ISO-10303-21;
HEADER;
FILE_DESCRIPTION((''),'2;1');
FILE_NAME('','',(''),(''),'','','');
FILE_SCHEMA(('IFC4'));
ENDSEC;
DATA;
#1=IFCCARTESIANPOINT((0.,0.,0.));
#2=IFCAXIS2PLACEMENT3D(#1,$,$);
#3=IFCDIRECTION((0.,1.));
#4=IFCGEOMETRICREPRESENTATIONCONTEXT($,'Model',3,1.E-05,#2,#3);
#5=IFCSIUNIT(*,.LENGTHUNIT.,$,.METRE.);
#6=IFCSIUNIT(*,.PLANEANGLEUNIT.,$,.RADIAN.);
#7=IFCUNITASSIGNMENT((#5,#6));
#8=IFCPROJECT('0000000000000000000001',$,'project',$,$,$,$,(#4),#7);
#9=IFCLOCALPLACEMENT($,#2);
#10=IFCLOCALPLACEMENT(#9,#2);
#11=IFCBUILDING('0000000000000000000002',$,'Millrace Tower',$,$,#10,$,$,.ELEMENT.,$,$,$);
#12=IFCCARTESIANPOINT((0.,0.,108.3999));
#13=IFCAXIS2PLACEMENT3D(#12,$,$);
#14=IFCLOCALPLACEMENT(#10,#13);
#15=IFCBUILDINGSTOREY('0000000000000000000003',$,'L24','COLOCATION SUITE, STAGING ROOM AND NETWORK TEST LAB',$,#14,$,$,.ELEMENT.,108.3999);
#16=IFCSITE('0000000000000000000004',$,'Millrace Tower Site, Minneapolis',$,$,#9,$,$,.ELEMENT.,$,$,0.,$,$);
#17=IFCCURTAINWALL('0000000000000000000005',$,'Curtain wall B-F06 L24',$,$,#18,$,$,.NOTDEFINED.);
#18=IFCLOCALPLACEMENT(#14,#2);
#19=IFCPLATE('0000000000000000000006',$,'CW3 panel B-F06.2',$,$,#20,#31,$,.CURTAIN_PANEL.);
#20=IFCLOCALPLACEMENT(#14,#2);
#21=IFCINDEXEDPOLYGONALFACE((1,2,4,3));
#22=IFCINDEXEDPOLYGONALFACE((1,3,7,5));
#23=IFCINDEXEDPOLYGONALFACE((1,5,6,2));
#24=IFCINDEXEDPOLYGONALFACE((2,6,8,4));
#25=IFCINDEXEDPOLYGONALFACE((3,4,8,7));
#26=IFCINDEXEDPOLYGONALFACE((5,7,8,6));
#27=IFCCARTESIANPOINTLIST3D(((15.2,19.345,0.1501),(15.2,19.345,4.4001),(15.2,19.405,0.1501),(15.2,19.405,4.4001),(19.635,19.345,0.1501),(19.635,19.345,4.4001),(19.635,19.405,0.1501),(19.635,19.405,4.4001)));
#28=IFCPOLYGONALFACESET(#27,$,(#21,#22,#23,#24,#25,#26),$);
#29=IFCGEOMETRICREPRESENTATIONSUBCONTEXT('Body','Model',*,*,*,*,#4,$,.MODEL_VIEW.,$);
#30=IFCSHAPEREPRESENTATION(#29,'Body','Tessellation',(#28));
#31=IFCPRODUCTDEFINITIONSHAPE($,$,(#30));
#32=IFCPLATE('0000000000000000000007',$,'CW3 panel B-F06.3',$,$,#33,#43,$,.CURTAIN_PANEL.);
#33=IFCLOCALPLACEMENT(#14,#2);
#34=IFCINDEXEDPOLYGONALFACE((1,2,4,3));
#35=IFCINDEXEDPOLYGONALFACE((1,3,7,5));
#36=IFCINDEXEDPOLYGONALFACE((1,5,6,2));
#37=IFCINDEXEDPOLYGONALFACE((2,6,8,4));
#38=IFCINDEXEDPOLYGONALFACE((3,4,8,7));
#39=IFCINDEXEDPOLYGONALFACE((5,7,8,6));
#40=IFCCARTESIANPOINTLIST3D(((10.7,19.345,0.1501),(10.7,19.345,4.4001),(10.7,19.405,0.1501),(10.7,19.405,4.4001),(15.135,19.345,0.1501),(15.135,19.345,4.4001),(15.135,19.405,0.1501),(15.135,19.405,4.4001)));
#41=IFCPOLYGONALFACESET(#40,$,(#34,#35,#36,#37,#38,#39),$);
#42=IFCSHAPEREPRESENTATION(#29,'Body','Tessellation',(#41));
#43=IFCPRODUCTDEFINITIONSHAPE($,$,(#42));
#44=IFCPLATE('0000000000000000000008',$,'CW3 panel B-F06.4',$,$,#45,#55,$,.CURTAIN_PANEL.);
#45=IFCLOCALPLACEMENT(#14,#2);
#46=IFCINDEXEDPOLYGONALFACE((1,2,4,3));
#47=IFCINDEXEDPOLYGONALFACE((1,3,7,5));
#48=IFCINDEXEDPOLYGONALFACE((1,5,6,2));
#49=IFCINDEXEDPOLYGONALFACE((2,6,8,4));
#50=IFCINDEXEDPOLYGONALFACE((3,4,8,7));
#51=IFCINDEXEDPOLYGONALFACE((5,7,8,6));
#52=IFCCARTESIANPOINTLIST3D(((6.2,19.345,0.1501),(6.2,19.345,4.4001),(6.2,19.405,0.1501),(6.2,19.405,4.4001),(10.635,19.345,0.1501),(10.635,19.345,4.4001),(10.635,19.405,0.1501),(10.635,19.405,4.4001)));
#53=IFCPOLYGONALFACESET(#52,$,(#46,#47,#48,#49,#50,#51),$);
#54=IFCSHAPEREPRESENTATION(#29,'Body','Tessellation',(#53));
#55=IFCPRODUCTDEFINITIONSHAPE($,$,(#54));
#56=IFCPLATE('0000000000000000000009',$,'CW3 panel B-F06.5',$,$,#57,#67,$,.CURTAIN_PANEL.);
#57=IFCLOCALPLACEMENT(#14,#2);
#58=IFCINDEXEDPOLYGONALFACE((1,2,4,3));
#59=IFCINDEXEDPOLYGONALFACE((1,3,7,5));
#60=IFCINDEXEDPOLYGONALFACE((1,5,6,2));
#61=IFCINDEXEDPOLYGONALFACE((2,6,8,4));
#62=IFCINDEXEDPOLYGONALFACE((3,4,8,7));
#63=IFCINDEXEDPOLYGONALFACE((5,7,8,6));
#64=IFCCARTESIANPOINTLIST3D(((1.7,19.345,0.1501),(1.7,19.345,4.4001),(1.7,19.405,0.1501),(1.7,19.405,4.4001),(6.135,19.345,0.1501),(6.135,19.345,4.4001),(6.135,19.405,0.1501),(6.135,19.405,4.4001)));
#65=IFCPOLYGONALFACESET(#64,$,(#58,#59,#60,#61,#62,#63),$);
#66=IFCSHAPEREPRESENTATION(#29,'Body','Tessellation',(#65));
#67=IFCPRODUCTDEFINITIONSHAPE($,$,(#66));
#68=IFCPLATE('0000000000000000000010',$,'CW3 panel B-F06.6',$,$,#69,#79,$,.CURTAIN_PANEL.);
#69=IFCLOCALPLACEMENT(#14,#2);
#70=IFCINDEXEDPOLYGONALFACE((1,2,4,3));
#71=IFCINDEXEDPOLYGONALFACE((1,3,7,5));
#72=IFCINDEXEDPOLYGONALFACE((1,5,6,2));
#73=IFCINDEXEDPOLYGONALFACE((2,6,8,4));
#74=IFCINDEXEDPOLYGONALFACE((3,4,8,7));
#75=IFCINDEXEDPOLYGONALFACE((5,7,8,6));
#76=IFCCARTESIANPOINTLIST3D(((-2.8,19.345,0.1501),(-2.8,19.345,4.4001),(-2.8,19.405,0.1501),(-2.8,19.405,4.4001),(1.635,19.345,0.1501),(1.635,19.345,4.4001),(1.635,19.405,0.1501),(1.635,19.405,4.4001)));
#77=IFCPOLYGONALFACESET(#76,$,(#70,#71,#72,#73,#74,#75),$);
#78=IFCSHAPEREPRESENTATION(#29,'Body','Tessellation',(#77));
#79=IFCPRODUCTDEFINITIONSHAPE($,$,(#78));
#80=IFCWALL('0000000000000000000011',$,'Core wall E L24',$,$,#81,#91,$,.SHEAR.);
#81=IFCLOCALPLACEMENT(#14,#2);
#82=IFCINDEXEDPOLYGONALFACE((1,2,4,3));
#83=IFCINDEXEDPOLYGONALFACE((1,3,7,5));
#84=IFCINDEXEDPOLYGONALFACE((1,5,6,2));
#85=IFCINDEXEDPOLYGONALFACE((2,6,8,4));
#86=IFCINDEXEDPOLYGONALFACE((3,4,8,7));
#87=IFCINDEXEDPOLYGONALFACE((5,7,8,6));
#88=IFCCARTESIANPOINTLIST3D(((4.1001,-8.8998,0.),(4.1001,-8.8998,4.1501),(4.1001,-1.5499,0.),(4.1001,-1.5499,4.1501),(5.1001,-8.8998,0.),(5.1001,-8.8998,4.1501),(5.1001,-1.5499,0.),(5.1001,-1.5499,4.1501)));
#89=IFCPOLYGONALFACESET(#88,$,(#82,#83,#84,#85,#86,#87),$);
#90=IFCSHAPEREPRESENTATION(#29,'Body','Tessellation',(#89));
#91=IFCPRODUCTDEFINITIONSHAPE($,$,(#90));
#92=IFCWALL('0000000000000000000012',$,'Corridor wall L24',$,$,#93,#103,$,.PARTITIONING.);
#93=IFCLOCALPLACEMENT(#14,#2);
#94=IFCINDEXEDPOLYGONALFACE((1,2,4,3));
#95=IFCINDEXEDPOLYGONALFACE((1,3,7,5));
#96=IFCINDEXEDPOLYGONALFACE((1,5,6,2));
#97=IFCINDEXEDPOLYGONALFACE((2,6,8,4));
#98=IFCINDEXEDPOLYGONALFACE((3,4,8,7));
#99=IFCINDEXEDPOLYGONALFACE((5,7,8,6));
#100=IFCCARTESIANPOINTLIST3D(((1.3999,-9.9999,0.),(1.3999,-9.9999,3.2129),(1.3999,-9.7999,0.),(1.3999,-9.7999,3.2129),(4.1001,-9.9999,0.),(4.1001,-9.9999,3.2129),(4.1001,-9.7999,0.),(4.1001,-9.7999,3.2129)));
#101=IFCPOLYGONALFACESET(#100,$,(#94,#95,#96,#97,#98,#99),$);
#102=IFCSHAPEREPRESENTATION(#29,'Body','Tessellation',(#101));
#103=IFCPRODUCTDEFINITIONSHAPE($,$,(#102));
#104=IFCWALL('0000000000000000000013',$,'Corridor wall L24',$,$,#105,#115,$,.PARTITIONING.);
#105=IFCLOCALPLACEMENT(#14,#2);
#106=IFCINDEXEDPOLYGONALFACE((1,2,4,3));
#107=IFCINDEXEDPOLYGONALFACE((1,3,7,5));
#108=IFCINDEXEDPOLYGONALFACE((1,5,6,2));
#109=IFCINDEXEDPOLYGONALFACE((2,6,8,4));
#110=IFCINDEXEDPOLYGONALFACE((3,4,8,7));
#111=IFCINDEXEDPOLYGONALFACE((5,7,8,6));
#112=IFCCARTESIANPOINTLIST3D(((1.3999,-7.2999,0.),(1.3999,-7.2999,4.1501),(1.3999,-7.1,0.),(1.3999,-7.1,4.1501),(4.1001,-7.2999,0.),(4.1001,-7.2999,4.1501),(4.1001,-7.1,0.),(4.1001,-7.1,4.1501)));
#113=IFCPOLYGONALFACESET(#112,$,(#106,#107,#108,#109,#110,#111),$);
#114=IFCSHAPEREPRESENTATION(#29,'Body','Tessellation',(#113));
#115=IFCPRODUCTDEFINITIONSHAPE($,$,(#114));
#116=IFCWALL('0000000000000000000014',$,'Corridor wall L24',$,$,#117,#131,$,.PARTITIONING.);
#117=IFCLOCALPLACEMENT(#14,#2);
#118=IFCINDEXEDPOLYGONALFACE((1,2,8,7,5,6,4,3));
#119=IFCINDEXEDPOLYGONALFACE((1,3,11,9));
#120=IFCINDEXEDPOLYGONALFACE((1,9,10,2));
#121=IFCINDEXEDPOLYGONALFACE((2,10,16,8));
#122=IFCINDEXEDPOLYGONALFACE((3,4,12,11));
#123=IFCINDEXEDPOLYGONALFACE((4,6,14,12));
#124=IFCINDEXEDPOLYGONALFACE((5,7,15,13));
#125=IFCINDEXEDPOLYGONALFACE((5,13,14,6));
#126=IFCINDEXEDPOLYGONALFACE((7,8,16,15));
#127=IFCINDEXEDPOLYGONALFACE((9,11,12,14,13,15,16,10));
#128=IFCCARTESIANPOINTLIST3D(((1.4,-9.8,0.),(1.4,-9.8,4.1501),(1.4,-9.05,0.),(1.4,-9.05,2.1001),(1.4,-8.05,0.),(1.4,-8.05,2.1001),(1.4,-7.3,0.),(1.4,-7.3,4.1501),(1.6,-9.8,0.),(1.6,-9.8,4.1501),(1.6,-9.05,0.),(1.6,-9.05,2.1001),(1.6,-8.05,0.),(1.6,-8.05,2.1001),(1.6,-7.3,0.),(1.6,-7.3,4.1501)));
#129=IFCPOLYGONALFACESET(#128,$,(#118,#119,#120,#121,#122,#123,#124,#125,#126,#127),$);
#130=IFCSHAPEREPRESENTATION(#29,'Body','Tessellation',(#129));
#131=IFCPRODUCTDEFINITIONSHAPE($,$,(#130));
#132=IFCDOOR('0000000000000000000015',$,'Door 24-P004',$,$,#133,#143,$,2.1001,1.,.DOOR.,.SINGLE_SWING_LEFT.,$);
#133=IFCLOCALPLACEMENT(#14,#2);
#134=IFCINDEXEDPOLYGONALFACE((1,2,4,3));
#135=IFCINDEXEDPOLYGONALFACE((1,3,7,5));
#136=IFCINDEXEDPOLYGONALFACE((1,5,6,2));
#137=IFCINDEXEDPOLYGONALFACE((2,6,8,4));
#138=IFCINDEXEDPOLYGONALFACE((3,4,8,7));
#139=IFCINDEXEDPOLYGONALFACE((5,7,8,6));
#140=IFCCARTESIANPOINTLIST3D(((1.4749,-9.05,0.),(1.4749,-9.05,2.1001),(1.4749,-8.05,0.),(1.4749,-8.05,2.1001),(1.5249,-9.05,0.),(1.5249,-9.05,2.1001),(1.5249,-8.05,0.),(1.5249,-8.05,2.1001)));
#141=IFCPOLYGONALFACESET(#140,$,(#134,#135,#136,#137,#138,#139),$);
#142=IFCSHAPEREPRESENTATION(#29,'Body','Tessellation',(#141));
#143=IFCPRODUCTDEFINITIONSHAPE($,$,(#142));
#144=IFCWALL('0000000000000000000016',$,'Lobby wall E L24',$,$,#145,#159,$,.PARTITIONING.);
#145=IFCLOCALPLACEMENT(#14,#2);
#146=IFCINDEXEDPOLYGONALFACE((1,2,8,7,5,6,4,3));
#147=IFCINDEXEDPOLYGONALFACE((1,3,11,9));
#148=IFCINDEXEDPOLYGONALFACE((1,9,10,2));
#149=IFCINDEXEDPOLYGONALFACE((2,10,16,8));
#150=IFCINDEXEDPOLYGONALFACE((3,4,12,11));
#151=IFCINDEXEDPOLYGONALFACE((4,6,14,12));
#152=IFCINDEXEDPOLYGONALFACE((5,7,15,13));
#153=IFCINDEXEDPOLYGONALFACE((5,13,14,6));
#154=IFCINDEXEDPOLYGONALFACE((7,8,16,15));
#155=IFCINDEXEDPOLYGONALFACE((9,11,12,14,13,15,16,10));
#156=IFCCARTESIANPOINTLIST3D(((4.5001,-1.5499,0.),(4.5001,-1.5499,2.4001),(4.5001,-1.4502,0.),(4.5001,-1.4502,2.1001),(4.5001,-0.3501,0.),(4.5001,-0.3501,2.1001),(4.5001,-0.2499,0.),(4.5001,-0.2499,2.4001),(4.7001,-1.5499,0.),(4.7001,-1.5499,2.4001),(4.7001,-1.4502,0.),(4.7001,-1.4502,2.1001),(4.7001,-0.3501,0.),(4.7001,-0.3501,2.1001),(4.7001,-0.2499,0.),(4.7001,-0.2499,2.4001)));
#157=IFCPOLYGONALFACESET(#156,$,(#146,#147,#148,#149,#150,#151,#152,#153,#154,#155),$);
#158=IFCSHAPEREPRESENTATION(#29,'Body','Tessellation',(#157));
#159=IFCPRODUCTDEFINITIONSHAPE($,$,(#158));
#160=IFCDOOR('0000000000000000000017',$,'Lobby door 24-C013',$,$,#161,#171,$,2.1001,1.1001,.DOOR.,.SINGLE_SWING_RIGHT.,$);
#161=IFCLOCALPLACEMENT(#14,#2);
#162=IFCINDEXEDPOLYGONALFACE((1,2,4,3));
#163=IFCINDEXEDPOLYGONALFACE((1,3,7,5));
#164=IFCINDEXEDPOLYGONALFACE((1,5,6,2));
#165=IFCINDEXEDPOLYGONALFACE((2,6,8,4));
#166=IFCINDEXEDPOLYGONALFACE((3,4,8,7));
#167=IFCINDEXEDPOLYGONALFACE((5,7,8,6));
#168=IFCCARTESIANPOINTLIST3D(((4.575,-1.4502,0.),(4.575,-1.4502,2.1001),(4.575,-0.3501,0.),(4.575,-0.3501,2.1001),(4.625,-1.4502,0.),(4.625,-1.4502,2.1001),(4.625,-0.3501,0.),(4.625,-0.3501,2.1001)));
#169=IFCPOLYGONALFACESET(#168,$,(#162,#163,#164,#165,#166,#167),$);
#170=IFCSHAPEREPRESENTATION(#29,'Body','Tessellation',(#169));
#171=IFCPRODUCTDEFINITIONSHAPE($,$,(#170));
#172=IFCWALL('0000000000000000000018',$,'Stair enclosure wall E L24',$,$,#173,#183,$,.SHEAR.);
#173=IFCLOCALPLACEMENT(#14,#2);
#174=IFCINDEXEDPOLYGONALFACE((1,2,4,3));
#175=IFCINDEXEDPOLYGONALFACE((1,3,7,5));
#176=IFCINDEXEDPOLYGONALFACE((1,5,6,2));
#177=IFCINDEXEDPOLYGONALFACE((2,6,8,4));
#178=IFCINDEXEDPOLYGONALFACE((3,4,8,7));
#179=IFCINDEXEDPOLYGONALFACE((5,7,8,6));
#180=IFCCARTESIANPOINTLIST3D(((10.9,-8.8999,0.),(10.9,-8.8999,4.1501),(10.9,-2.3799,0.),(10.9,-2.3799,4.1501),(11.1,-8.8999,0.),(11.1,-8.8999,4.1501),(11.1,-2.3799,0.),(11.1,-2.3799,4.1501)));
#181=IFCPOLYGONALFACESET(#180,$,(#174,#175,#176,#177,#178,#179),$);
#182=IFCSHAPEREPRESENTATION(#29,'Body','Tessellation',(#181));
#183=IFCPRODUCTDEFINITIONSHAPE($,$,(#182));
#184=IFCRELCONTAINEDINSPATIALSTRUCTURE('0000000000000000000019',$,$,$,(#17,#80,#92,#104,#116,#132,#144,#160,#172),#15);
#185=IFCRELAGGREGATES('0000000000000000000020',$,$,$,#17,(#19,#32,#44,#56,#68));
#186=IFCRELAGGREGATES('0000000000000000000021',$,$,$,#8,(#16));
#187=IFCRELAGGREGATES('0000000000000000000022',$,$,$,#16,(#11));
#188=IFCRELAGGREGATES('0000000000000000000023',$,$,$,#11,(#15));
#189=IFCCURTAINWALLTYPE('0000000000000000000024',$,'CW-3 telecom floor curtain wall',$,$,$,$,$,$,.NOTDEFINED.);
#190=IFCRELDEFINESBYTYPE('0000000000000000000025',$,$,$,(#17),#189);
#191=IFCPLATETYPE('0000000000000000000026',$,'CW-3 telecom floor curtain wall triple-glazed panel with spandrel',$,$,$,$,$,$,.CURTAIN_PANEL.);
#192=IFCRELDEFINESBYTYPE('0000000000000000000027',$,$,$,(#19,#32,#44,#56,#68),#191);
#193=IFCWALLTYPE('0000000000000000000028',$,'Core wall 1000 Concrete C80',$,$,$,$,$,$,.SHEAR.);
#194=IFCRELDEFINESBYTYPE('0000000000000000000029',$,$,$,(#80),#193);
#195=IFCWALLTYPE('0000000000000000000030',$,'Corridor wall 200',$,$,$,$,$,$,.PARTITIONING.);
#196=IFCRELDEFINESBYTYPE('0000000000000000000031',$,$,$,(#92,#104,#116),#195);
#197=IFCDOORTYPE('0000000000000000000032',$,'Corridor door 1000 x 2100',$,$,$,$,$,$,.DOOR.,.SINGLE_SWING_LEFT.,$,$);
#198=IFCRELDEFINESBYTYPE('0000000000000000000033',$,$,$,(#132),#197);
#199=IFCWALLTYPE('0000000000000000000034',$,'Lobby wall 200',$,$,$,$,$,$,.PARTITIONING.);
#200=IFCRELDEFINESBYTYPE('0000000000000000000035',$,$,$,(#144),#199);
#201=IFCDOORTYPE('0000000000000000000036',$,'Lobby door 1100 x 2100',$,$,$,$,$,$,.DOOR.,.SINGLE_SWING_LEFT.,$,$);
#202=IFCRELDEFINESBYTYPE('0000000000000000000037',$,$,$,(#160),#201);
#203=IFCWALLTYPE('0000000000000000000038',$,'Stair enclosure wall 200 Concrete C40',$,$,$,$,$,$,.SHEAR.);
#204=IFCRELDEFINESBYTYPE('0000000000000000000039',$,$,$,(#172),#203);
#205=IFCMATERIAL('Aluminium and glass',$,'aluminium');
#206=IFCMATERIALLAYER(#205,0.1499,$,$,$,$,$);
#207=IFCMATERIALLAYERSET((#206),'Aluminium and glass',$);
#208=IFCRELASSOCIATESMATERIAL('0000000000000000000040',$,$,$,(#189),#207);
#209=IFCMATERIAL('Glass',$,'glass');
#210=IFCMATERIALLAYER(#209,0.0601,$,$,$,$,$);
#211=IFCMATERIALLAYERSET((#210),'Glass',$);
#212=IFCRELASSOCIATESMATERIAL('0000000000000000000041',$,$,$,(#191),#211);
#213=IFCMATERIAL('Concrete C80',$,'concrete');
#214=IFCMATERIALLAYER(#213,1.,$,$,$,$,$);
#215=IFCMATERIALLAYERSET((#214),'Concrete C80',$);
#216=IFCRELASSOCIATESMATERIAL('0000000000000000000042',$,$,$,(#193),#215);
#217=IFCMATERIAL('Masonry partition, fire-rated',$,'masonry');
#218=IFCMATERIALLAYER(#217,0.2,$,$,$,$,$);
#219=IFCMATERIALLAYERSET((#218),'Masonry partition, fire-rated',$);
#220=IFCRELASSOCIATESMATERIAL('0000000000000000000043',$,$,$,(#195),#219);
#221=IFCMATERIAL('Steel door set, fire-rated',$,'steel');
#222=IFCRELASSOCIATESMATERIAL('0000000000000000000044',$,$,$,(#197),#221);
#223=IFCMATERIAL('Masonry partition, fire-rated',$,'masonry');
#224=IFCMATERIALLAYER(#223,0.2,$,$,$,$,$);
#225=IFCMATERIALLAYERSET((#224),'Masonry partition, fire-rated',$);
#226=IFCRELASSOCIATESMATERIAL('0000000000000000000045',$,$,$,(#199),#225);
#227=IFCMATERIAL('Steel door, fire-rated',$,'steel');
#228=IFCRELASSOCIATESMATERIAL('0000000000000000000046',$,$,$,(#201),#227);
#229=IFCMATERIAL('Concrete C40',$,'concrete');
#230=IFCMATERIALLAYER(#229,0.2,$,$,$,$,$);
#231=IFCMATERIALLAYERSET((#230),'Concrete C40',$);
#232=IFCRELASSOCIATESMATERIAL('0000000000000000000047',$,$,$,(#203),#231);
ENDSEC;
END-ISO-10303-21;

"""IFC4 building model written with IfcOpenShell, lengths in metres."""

from ifc_helpers import new_model, si_unit, direction, frame, frame_2d, origin, place, context, subcontext, project, spatial, polyline, rectangle, outline, extrude, material, layer, layer_set, type_object, element, fill, aggregate, save


model = new_model("IFC4")

# Units and contexts
model_context = context("Model", 3, precision=1e-05, world=origin(), true_north=direction((0.0, 1.0)))
body_context = subcontext(model_context, "Body", "Model", "MODEL_VIEW")
ifc_project = project(units=[si_unit("LENGTHUNIT", "METRE"), si_unit("PLANEANGLEUNIT", "RADIAN")], contexts=[model_context])

# Site, building, storey
site_placement = place(None, origin())
site = spatial("IfcSite", under=ifc_project, at=site_placement, Name="Millrace Tower Site, Minneapolis", CompositionType="ELEMENT", RefElevation=0.0)
building_placement = place(site_placement, origin())
building = spatial("IfcBuilding", under=site, at=building_placement, Name="Millrace Tower", CompositionType="ELEMENT")
storey_placement = place(building_placement, frame((0.0, 0.0, 108.3999)))
storey = spatial("IfcBuildingStorey", under=building, at=storey_placement, Name="L24", Description="COLOCATION SUITE, STAGING ROOM AND NETWORK TEST LAB", CompositionType="ELEMENT", Elevation=108.3999)

# Curtain wall, plates
ifc_material_1 = material(Name="Aluminium and glass", Category="aluminium")
ifc_layer_1 = layer(ifc_material_1, 0.1499)
ifc_layer_set_1 = layer_set([ifc_layer_1], Name="Aluminium and glass")
curtain_wall_type = type_object("IfcCurtainWallType", Name="CW-3 telecom floor curtain wall", PredefinedType="NOTDEFINED", material=ifc_layer_set_1)
placement_1 = place(storey_placement, origin())
curtain_wall = element("IfcCurtainWall", 1, at=placement_1, inside=storey, type_object=curtain_wall_type, Name="Curtain wall B-F06 L24", PredefinedType="NOTDEFINED")
ifc_material_2 = material(Name="Glass", Category="glass")
ifc_layer_2 = layer(ifc_material_2, 0.0601)
ifc_layer_set_2 = layer_set([ifc_layer_2], Name="Glass")
plate_type = type_object("IfcPlateType", Name="CW-3 telecom floor curtain wall triple-glazed panel with spandrel", PredefinedType="CURTAIN_PANEL", material=ifc_layer_set_2)
placement_2 = place(storey_placement, frame((0.0, 0.0, 0.1501)))
plate_1 = element("IfcPlate", 2, at=placement_2, type_object=plate_type, Name="CW3 panel B-F06.2", PredefinedType="CURTAIN_PANEL", context=body_context, shape_type="SweptSolid", body=[
    extrude(outline(polyline([(19.635, 19.405), (15.2, 19.405), (15.2, 19.345), (19.635, 19.345), (19.635, 19.405)])), origin(), (0.0, 0.0, 1.0), 4.25),
])
plate_2 = element("IfcPlate", 3, at=placement_2, type_object=plate_type, Name="CW3 panel B-F06.3", PredefinedType="CURTAIN_PANEL", context=body_context, shape_type="SweptSolid", body=[
    extrude(outline(polyline([(15.135, 19.405), (10.7, 19.405), (10.7, 19.345), (15.135, 19.345), (15.135, 19.405)])), origin(), (0.0, 0.0, 1.0), 4.25),
])
plate_3 = element("IfcPlate", 4, at=placement_2, type_object=plate_type, Name="CW3 panel B-F06.4", PredefinedType="CURTAIN_PANEL", context=body_context, shape_type="SweptSolid", body=[
    extrude(outline(polyline([(10.635, 19.405), (6.2, 19.405), (6.2, 19.345), (10.635, 19.345), (10.635, 19.405)])), origin(), (0.0, 0.0, 1.0), 4.25),
])
plate_4 = element("IfcPlate", 5, at=placement_2, type_object=plate_type, Name="CW3 panel B-F06.5", PredefinedType="CURTAIN_PANEL", context=body_context, shape_type="SweptSolid", body=[
    extrude(outline(polyline([(6.135, 19.405), (1.7, 19.405), (1.7, 19.345), (6.135, 19.345), (6.135, 19.405)])), origin(), (0.0, 0.0, 1.0), 4.25),
])
plate_5 = element("IfcPlate", 6, at=placement_2, type_object=plate_type, Name="CW3 panel B-F06.6", PredefinedType="CURTAIN_PANEL", context=body_context, shape_type="SweptSolid", body=[
    extrude(outline(polyline([(1.635, 19.405), (-2.8, 19.405), (-2.8, 19.345), (1.635, 19.345), (1.635, 19.405)])), origin(), (0.0, 0.0, 1.0), 4.25),
])
aggregate(curtain_wall, [plate_1, plate_2, plate_3, plate_4, plate_5])

# Walls
ifc_material_3 = material(Name="Concrete C80", Category="concrete")
ifc_layer_3 = layer(ifc_material_3, 1.0)
ifc_layer_set_3 = layer_set([ifc_layer_3], Name="Concrete C80")
wall_type_1 = type_object("IfcWallType", Name="Core wall 1000 Concrete C80", PredefinedType="SHEAR", material=ifc_layer_set_3)
wall_1_placement = place(storey_placement, frame((4.6001, -1.55, 0.0), z_axis=(0.0, 0.0, 1.0), x_axis=(0.0, -1.0, 0.0)))
element("IfcWall", 7, at=wall_1_placement, inside=storey, type_object=wall_type_1, Name="Core wall E L24", PredefinedType="SHEAR", context=body_context, shape_type="SweptSolid", body=[
    extrude(rectangle(XDim=7.3499, YDim=1.0, at=frame_2d((3.6748, 0.0))), origin(), (0.0, 0.0, 1.0), 4.1501),
])
ifc_material_4 = material(Name="Masonry partition, fire-rated", Category="masonry")
ifc_layer_4 = layer(ifc_material_4, 0.2)
ifc_layer_set_4 = layer_set([ifc_layer_4], Name="Masonry partition, fire-rated")
wall_type_2 = type_object("IfcWallType", Name="Corridor wall 200", PredefinedType="PARTITIONING", material=ifc_layer_set_4)
wall_2_placement = place(storey_placement, frame((1.3999, -9.8999, 0.0), z_axis=(0.0, 0.0, 1.0), x_axis=(1.0, 0.0, 0.0)))
element("IfcWall", 8, at=wall_2_placement, inside=storey, type_object=wall_type_2, Name="Corridor wall L24", PredefinedType="PARTITIONING", context=body_context, shape_type="SweptSolid", body=[
    extrude(rectangle(XDim=2.7002, YDim=0.2, at=frame_2d((1.3501, 0.0))), origin(), (0.0, 0.0, 1.0), 3.2129),
])
wall_3_placement = place(storey_placement, frame((1.3999, -7.2, 0.0), z_axis=(0.0, 0.0, 1.0), x_axis=(1.0, 0.0, 0.0)))
element("IfcWall", 9, at=wall_3_placement, inside=storey, type_object=wall_type_2, Name="Corridor wall L24", PredefinedType="PARTITIONING", context=body_context, shape_type="SweptSolid", body=[
    extrude(rectangle(XDim=2.7002, YDim=0.2, at=frame_2d((1.3501, 0.0))), origin(), (0.0, 0.0, 1.0), 4.1501),
])

# Walls, openings, doors
wall_4_placement = place(storey_placement, frame((1.5, -9.8, 0.0), z_axis=(0.0, 0.0, 1.0), x_axis=(0.0, 1.0, 0.0)))
wall_4 = element("IfcWall", 10, at=wall_4_placement, inside=storey, type_object=wall_type_2, Name="Corridor wall L24", PredefinedType="PARTITIONING", context=body_context, shape_type="SweptSolid", body=[
    extrude(rectangle(XDim=2.5, YDim=0.2, at=frame_2d((1.25, 0.0))), origin(), (0.0, 0.0, 1.0), 4.1501),
])
opening_1_placement = place(wall_4_placement, frame((0.75, 0.0, 0.0)))
opening_1 = element("IfcOpeningElement", 11, at=opening_1_placement, cuts=wall_4, PredefinedType="OPENING", context=body_context, shape_type="SweptSolid", body=[
    extrude(rectangle(XDim=1.0, YDim=2.1001, at=frame_2d((0.5, 1.05))), frame((0.0, 0.1099, 0.0), z_axis=(0.0, -1.0, 0.0), x_axis=(1.0, 0.0, 0.0)), (0.0, 0.0, 1.0), 0.22),
])
ifc_material_5 = material(Name="Steel door set, fire-rated", Category="steel")
door_type_1 = type_object("IfcDoorType", Name="Corridor door 1000 x 2100", OperationType="SINGLE_SWING_LEFT", PredefinedType="DOOR", material=ifc_material_5)
door_1_placement = place(opening_1_placement, frame((1.0, 0.0, 0.0), z_axis=(0.0, 0.0, 1.0), x_axis=(-1.0, 0.0, 0.0)))
door_1 = element("IfcDoor", 12, at=door_1_placement, inside=storey, type_object=door_type_1, Name="Door 24-P004", OperationType="SINGLE_SWING_LEFT", OverallHeight=2.1001, OverallWidth=1.0, PredefinedType="DOOR", context=body_context, shape_type="SweptSolid", body=[
    extrude(rectangle(XDim=1.0, YDim=2.1001, at=frame_2d((0.5, 1.05))), frame((0.0, 0.0249, 0.0), z_axis=(0.0, -1.0, 0.0), x_axis=(1.0, 0.0, 0.0)), (0.0, 0.0, 1.0), 0.05),
])
fill(opening_1, door_1)
ifc_material_6 = material(Name="Masonry partition, fire-rated", Category="masonry")
ifc_layer_5 = layer(ifc_material_6, 0.2)
ifc_layer_set_5 = layer_set([ifc_layer_5], Name="Masonry partition, fire-rated")
wall_type_3 = type_object("IfcWallType", Name="Lobby wall 200", PredefinedType="PARTITIONING", material=ifc_layer_set_5)
wall_5_placement = place(storey_placement, frame((4.6001, -0.25, 0.0), z_axis=(0.0, 0.0, 1.0), x_axis=(0.0, -1.0, 0.0)))
wall_5 = element("IfcWall", 13, at=wall_5_placement, inside=storey, type_object=wall_type_3, Name="Lobby wall E L24", PredefinedType="PARTITIONING", context=body_context, shape_type="SweptSolid", body=[
    extrude(rectangle(XDim=1.3, YDim=0.2, at=frame_2d((0.6499, 0.0))), origin(), (0.0, 0.0, 1.0), 2.4001),
])
opening_2_placement = place(wall_5_placement, frame((0.1001, 0.0, 0.0)))
opening_2 = element("IfcOpeningElement", 14, at=opening_2_placement, cuts=wall_5, PredefinedType="OPENING", context=body_context, shape_type="SweptSolid", body=[
    extrude(rectangle(XDim=1.1001, YDim=2.1001, at=frame_2d((0.55, 1.05))), frame((0.0, 0.1099, 0.0), z_axis=(0.0, -1.0, 0.0), x_axis=(1.0, 0.0, 0.0)), (0.0, 0.0, 1.0), 0.22),
])
ifc_material_7 = material(Name="Steel door, fire-rated", Category="steel")
door_type_2 = type_object("IfcDoorType", Name="Lobby door 1100 x 2100", OperationType="SINGLE_SWING_LEFT", PredefinedType="DOOR", material=ifc_material_7)
door_2_placement = place(opening_2_placement, origin())
door_2 = element("IfcDoor", 15, at=door_2_placement, inside=storey, type_object=door_type_2, Name="Lobby door 24-C013", OperationType="SINGLE_SWING_RIGHT", OverallHeight=2.1001, OverallWidth=1.1001, PredefinedType="DOOR", context=body_context, shape_type="SweptSolid", body=[
    extrude(rectangle(XDim=1.1001, YDim=2.1001, at=frame_2d((0.55, 1.05))), frame((0.0, 0.0249, 0.0), z_axis=(0.0, -1.0, 0.0), x_axis=(1.0, 0.0, 0.0)), (0.0, 0.0, 1.0), 0.05),
])
fill(opening_2, door_2)

# Wall
ifc_material_8 = material(Name="Concrete C40", Category="concrete")
ifc_layer_6 = layer(ifc_material_8, 0.2)
ifc_layer_set_6 = layer_set([ifc_layer_6], Name="Concrete C40")
wall_type_4 = type_object("IfcWallType", Name="Stair enclosure wall 200 Concrete C40", PredefinedType="SHEAR", material=ifc_layer_set_6)
for number, where, z_axis, x_axis, name in (
    (16, (11.0, -2.3799, 0.0), (0.0, 0.0, 1.0), (0.0, -1.0, 0.0), "Stair enclosure wall E L24"),
):
    element("IfcWall", number, at=place(storey_placement, frame(where, z_axis=z_axis, x_axis=x_axis)), inside=storey, type_object=wall_type_4, Name=name, PredefinedType="SHEAR", context=body_context, shape_type="SweptSolid", body=[
        extrude(rectangle(XDim=6.52, YDim=0.2, at=frame_2d((3.26, 0.0))), origin(), (0.0, 0.0, 1.0), 4.1501),
    ])

save(model, "model.ifc")
